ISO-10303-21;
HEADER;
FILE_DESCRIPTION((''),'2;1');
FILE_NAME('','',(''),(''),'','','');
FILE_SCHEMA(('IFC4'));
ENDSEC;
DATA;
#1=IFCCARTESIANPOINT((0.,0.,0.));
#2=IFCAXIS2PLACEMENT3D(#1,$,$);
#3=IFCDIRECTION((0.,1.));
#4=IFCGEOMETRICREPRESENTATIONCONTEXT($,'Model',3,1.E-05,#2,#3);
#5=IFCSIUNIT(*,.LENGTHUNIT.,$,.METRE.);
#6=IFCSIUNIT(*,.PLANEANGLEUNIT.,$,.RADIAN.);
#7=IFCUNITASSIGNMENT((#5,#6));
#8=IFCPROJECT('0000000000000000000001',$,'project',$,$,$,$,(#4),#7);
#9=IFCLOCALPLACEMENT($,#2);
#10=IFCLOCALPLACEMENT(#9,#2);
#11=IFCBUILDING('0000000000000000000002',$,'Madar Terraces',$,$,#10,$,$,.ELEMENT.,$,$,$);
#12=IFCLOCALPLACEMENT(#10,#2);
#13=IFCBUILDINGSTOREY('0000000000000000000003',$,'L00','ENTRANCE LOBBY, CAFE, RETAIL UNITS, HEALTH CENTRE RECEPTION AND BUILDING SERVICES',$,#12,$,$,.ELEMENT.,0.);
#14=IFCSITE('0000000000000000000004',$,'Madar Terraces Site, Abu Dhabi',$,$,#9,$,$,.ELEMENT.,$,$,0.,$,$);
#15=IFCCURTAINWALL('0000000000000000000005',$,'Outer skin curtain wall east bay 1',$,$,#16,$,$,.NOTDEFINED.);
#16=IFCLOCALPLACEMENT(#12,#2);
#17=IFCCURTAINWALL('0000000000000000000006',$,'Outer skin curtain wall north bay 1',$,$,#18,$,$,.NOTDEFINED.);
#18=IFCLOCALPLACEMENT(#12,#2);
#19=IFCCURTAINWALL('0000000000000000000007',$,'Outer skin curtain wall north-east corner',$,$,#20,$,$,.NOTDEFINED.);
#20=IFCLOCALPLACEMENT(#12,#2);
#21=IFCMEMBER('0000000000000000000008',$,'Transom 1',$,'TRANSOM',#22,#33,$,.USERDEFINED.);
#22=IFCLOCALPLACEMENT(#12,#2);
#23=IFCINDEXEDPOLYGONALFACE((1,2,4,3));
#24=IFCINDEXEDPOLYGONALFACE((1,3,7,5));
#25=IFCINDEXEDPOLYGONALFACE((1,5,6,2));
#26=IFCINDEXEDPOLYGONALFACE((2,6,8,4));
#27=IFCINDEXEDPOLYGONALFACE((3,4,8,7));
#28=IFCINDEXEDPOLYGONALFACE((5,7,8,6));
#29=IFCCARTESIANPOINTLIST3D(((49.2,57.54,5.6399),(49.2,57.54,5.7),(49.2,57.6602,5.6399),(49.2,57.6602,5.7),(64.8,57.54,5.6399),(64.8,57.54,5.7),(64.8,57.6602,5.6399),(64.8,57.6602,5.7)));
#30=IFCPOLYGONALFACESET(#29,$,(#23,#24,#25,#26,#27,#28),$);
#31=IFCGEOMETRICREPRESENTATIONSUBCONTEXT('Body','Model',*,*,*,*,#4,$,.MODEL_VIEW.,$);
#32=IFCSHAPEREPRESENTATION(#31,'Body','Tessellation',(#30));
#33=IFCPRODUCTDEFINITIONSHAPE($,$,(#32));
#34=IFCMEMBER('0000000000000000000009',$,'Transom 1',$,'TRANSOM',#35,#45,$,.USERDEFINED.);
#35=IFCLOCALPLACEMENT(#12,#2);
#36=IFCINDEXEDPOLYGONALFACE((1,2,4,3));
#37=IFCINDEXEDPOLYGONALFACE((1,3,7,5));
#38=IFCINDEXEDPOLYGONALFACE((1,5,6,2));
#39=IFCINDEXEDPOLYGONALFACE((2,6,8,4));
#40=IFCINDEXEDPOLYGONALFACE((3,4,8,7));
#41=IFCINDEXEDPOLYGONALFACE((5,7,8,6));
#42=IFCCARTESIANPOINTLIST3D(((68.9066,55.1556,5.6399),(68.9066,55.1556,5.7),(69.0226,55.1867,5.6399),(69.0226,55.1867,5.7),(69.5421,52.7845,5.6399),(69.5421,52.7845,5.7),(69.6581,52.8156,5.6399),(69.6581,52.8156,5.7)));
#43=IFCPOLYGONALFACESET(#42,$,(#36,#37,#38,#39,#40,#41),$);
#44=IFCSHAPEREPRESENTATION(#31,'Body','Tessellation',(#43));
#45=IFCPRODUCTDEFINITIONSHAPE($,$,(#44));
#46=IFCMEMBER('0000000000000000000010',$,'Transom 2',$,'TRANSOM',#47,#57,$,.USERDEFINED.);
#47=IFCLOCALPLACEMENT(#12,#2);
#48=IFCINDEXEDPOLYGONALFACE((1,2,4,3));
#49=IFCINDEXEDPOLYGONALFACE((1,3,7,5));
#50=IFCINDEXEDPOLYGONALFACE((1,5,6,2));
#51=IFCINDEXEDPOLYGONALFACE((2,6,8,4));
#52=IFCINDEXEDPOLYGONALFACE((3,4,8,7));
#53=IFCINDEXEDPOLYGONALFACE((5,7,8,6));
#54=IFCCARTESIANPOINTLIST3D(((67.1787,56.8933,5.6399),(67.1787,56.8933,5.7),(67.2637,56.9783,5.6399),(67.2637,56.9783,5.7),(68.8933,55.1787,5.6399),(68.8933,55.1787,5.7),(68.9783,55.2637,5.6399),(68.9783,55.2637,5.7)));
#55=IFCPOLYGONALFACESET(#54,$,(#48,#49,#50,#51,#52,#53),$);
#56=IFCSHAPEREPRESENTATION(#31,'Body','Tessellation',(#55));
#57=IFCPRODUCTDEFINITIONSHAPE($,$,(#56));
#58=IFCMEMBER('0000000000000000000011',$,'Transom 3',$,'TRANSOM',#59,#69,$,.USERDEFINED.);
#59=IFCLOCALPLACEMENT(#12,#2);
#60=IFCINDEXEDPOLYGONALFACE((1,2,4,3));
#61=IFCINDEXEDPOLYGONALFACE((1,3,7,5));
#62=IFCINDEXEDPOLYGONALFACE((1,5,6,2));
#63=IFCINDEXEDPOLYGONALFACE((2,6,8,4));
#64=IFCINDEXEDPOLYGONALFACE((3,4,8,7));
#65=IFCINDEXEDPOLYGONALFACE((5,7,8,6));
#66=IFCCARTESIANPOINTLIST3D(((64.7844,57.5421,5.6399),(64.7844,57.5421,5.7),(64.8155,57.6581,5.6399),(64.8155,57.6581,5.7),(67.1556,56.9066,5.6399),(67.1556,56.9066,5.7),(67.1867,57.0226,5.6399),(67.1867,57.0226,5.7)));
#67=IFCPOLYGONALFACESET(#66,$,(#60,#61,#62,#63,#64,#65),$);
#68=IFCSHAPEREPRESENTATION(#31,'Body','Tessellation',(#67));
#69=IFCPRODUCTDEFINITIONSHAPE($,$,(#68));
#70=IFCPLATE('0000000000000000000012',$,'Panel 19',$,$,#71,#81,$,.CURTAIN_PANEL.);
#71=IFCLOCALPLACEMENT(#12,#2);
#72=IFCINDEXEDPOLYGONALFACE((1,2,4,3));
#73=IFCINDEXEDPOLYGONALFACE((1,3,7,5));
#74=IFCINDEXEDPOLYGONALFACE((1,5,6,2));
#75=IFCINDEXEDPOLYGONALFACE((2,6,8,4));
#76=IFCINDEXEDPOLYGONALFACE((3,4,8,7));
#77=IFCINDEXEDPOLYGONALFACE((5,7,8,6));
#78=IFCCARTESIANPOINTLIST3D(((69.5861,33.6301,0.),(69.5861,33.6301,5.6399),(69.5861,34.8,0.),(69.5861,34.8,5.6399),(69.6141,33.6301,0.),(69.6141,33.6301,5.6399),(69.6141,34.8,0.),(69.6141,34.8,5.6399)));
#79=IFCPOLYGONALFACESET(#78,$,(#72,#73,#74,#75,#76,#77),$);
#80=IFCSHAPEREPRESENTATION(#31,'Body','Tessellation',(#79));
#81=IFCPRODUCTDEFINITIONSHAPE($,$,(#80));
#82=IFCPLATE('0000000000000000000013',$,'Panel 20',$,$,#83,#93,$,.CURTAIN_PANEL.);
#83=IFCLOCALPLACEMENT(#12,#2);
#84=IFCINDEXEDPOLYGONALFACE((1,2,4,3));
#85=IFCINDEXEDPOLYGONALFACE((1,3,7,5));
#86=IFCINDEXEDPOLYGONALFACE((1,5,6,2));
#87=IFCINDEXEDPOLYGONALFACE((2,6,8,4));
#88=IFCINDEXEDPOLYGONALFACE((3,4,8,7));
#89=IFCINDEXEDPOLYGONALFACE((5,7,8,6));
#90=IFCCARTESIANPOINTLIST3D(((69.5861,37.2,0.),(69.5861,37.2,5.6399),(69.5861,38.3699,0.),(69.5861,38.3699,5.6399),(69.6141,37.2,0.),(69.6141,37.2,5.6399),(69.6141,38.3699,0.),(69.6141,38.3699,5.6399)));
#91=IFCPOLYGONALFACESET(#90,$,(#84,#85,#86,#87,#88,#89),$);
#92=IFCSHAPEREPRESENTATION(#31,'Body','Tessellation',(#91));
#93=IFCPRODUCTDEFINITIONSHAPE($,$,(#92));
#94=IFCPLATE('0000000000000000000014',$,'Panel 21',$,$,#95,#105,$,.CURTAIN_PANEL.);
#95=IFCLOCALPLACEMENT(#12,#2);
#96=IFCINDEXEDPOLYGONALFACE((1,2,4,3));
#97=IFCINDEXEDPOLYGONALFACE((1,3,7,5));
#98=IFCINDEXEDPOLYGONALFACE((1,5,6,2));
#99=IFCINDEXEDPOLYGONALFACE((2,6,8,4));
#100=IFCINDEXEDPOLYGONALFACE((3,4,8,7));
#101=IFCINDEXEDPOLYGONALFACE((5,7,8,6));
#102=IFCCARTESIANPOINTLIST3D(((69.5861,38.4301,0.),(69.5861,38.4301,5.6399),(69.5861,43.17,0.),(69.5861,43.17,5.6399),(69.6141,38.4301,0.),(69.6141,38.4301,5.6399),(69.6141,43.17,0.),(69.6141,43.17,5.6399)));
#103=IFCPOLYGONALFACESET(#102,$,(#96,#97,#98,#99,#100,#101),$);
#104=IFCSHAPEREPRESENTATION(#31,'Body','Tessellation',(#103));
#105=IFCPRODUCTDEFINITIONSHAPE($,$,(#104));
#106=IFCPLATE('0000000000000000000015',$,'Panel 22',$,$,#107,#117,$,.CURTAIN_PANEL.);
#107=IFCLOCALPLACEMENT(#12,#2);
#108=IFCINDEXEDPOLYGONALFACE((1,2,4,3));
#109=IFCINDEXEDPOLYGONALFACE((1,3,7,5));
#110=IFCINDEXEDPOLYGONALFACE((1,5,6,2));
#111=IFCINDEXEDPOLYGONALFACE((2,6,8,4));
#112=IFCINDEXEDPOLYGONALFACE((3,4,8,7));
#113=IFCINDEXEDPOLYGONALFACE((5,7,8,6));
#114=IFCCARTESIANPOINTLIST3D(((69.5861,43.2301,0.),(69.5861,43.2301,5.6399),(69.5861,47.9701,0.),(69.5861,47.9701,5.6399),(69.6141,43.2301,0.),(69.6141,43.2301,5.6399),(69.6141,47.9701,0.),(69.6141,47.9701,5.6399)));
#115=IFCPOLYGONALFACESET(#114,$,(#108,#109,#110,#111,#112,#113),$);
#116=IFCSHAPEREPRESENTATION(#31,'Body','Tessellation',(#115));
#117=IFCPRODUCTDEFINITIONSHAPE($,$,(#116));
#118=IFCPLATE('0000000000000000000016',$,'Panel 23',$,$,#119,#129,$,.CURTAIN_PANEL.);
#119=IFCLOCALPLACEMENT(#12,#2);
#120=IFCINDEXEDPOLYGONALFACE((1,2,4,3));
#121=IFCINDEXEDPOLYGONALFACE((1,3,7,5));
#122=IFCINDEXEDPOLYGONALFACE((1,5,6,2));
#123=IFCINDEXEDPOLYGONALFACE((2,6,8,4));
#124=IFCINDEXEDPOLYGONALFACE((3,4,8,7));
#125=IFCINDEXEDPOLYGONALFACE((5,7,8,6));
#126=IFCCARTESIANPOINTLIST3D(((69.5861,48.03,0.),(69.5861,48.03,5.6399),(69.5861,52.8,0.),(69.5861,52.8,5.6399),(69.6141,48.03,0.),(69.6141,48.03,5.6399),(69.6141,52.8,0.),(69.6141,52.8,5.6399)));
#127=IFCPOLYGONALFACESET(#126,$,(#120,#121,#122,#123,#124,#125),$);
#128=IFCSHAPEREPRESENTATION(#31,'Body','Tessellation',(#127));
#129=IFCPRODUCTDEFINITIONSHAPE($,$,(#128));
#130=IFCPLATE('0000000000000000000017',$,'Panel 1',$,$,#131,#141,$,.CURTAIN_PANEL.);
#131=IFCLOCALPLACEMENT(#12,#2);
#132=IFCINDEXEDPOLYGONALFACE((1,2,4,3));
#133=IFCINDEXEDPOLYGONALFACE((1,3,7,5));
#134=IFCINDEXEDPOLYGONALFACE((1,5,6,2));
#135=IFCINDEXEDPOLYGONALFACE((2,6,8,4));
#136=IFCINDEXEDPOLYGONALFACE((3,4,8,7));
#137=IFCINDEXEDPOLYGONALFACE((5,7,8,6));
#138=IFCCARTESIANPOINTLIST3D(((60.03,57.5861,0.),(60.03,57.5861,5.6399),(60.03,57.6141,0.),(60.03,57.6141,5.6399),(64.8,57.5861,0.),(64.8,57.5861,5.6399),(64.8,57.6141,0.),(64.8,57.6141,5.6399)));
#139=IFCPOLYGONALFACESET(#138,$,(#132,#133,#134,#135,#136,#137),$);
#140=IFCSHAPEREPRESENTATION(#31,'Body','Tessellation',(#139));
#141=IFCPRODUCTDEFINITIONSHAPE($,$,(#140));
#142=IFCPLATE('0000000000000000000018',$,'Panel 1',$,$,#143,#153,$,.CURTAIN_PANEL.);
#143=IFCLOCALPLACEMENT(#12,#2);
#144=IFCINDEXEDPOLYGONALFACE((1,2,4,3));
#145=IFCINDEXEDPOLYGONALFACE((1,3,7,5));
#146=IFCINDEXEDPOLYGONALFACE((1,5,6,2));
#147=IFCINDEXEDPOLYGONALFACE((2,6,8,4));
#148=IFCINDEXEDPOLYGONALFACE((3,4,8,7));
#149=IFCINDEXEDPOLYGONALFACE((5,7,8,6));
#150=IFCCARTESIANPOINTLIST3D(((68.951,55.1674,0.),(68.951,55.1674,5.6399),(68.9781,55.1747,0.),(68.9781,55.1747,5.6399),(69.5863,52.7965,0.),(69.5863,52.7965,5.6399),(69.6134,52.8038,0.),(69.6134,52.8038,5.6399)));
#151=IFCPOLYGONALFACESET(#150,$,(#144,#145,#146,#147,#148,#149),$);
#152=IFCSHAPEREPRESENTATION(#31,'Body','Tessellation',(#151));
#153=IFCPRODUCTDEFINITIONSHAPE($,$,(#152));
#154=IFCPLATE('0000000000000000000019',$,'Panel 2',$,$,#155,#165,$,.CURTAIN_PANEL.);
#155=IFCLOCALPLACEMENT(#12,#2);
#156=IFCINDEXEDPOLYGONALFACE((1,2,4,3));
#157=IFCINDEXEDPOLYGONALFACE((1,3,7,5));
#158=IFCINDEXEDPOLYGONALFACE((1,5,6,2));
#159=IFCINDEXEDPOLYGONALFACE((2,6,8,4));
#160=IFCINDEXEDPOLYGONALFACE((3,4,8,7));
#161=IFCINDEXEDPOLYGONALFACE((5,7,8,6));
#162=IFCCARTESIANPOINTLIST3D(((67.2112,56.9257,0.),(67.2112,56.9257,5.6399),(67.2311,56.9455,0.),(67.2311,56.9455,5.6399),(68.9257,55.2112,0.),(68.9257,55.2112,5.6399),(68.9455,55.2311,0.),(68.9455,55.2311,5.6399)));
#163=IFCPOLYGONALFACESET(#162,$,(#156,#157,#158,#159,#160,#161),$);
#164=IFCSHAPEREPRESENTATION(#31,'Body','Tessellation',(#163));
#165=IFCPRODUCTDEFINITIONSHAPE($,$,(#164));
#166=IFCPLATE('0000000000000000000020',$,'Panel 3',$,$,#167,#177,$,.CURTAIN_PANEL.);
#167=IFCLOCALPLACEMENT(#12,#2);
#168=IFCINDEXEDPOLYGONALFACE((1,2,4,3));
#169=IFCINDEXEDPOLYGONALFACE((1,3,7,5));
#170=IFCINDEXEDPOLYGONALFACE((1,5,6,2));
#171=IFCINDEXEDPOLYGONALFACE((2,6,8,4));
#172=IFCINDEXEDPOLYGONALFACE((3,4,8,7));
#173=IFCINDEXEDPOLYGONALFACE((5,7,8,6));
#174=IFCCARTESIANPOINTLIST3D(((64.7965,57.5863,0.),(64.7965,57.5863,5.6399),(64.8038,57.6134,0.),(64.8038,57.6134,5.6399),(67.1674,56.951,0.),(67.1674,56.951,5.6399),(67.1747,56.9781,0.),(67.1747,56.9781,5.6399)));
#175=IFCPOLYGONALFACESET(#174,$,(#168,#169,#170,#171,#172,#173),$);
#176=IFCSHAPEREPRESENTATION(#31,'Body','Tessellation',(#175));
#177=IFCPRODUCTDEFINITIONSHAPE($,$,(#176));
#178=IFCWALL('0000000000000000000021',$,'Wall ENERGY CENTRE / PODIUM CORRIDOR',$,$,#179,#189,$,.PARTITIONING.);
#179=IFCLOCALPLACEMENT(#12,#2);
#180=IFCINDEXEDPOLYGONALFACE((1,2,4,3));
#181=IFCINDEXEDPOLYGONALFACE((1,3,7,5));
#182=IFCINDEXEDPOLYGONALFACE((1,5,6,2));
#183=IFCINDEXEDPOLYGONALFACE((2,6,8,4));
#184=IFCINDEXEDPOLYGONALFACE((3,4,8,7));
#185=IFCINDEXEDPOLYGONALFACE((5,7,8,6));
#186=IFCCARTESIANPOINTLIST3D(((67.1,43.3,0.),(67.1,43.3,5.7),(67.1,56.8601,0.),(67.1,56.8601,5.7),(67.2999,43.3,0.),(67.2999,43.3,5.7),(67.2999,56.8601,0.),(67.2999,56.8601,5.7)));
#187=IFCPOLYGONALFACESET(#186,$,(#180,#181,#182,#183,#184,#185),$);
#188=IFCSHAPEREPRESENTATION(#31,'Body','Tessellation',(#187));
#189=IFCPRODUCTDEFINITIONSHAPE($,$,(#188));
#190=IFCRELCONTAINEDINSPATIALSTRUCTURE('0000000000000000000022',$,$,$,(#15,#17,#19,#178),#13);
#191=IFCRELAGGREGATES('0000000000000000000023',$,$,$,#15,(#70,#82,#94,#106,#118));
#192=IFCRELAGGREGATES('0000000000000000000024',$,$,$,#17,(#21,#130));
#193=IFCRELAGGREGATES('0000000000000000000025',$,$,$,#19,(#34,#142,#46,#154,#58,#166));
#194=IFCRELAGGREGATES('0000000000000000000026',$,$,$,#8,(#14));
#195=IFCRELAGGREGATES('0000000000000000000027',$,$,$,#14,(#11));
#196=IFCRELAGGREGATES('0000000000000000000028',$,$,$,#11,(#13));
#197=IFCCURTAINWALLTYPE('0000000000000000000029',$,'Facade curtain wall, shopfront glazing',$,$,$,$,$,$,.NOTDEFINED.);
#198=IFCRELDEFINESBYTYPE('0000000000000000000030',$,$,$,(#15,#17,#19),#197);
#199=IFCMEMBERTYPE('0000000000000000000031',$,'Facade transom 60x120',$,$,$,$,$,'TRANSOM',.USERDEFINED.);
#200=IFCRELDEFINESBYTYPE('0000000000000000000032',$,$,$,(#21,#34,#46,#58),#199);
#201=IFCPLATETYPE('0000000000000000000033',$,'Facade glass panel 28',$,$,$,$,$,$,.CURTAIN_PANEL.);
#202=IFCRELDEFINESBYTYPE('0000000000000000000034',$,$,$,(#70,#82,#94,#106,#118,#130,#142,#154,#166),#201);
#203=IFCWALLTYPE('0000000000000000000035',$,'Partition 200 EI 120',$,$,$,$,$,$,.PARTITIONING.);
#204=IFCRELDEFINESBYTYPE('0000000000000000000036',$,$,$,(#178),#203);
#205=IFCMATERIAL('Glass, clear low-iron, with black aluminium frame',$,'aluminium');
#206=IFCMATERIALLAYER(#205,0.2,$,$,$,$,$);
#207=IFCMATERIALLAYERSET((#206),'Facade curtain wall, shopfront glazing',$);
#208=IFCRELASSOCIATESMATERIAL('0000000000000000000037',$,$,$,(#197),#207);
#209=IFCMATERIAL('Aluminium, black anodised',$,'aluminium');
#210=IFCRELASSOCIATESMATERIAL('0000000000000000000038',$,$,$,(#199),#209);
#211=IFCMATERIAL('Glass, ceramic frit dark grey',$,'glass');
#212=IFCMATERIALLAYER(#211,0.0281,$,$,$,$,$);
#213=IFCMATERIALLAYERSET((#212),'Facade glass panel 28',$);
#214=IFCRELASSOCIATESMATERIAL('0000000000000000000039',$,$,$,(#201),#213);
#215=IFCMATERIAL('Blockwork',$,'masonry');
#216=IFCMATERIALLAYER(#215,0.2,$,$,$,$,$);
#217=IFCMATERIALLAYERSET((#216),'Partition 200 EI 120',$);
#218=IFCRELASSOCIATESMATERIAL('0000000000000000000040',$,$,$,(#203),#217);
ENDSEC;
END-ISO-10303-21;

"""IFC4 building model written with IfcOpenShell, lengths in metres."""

from ifc_helpers import new_model, si_unit, direction, frame, frame_2d, origin, origin_2d, place, context, subcontext, project, spatial, rectangle, extrude, material, layer, layer_set, material_profile, profile_set, type_object, element, aggregate, save


model = new_model("IFC4")

# Units and contexts
model_context = context("Model", 3, precision=1e-05, world=origin(), true_north=direction((0.0, 1.0)))
body_context = subcontext(model_context, "Body", "Model", "MODEL_VIEW")
ifc_project = project(units=[si_unit("LENGTHUNIT", "METRE"), si_unit("PLANEANGLEUNIT", "RADIAN")], contexts=[model_context])

# Site, building, storey
site_placement = place(None, origin())
site = spatial("IfcSite", under=ifc_project, at=site_placement, Name="Madar Terraces Site, Abu Dhabi", CompositionType="ELEMENT", RefElevation=0.0)
building_placement = place(site_placement, origin())
building = spatial("IfcBuilding", under=site, at=building_placement, Name="Madar Terraces", CompositionType="ELEMENT")
storey_placement = place(building_placement, origin())
storey = spatial("IfcBuildingStorey", under=building, at=storey_placement, Name="L00", Description="ENTRANCE LOBBY, CAFE, RETAIL UNITS, HEALTH CENTRE RECEPTION AND BUILDING SERVICES", CompositionType="ELEMENT", Elevation=0.0)

# Curtain wall
ifc_material_1 = material(Name="Glass, clear low-iron, with black aluminium frame", Category="aluminium")
ifc_layer_1 = layer(ifc_material_1, 0.2)
ifc_layer_set_1 = layer_set([ifc_layer_1], Name="Facade curtain wall, shopfront glazing")
curtain_wall_type = type_object("IfcCurtainWallType", Name="Facade curtain wall, shopfront glazing", PredefinedType="NOTDEFINED", material=ifc_layer_set_1)
curtain_wall_1_placement = place(storey_placement, origin())
curtain_wall_1 = element("IfcCurtainWall", 1, at=curtain_wall_1_placement, inside=storey, type_object=curtain_wall_type, Name="Outer skin curtain wall east bay 1", PredefinedType="NOTDEFINED")

# Curtain wall
curtain_wall_2_placement = place(storey_placement, origin())
curtain_wall_2 = element("IfcCurtainWall", 2, at=curtain_wall_2_placement, inside=storey, type_object=curtain_wall_type, Name="Outer skin curtain wall north bay 1", PredefinedType="NOTDEFINED")

# Curtain wall
curtain_wall_3_placement = place(storey_placement, origin())
curtain_wall_3 = element("IfcCurtainWall", 3, at=curtain_wall_3_placement, inside=storey, type_object=curtain_wall_type, Name="Outer skin curtain wall north-east corner", PredefinedType="NOTDEFINED")

# Members
ifc_material_2 = material(Name="Aluminium, black anodised", Category="aluminium")
ifc_material_profile_1 = material_profile(ifc_material_2, rectangle(XDim=0.1201, YDim=0.0601, at=origin_2d()), Name="Facade transom 60x120")
ifc_profile_set_1 = profile_set([ifc_material_profile_1], Name="Aluminium, black anodised")
member_type_1 = type_object("IfcMemberType", Name="Facade transom 60x120", ElementType="TRANSOM", PredefinedType="USERDEFINED", material=ifc_profile_set_1)
member_1_placement = place(storey_placement, frame((64.8, 57.6001, 5.6699), z_axis=(-1.0, 0.0, 0.0), x_axis=(0.0, -1.0, 0.0)))
member_1 = element("IfcMember", 4, at=member_1_placement, type_object=member_type_1, Name="Transom 1", ObjectType="TRANSOM", PredefinedType="USERDEFINED", context=body_context, shape_type="SweptSolid", body=[
    extrude(rectangle(XDim=0.1201, YDim=0.0601, at=origin_2d()), origin(), (0.0, 0.0, 1.0), 15.6001),
])
member_2_placement = place(storey_placement, frame((69.6001, 52.8, 5.6699), z_axis=(-0.258882, 0.965909, 0.0), x_axis=(-0.965909, -0.258882, 0.0)))
member_2 = element("IfcMember", 5, at=member_2_placement, type_object=member_type_1, Name="Transom 1", ObjectType="TRANSOM", PredefinedType="USERDEFINED", context=body_context, shape_type="SweptSolid", body=[
    extrude(rectangle(XDim=0.1201, YDim=0.0601, at=origin_2d()), origin(), (0.0, 0.0, 1.0), 2.4548),
])
member_3_placement = place(storey_placement, frame((68.9358, 55.2212, 5.6699), z_axis=(-0.707107, 0.707107, 0.0), x_axis=(-0.707107, -0.707107, 0.0)))
member_3 = element("IfcMember", 6, at=member_3_placement, type_object=member_type_1, Name="Transom 2", ObjectType="TRANSOM", PredefinedType="USERDEFINED", context=body_context, shape_type="SweptSolid", body=[
    extrude(rectangle(XDim=0.1201, YDim=0.0601, at=origin_2d()), origin(), (0.0, 0.0, 1.0), 2.4248),
])
member_4_placement = place(storey_placement, frame((67.1711, 56.9646, 5.6699), z_axis=(-0.965909, 0.258882, 0.0), x_axis=(-0.258882, -0.965909, 0.0)))
member_4 = element("IfcMember", 7, at=member_4_placement, type_object=member_type_1, Name="Transom 3", ObjectType="TRANSOM", PredefinedType="USERDEFINED", context=body_context, shape_type="SweptSolid", body=[
    extrude(rectangle(XDim=0.1201, YDim=0.0601, at=origin_2d()), origin(), (0.0, 0.0, 1.0), 2.4548),
])

# Plates
ifc_material_3 = material(Name="Glass, ceramic frit dark grey", Category="glass")
ifc_layer_2 = layer(ifc_material_3, 0.0281)
ifc_layer_set_2 = layer_set([ifc_layer_2], Name="Facade glass panel 28")
plate_type = type_object("IfcPlateType", Name="Facade glass panel 28", PredefinedType="CURTAIN_PANEL", material=ifc_layer_set_2)
plate_1_placement = place(storey_placement, frame((69.6001, 34.2151, 0.0), z_axis=(0.0, 0.0, 1.0), x_axis=(0.0, 1.0, 0.0)))
plate_1 = element("IfcPlate", 8, at=plate_1_placement, type_object=plate_type, Name="Panel 19", PredefinedType="CURTAIN_PANEL", context=body_context, shape_type="SweptSolid", body=[
    extrude(rectangle(XDim=1.1699, YDim=0.0281, at=origin_2d()), origin(), (0.0, 0.0, 1.0), 5.6399),
])
plate_2_placement = place(storey_placement, frame((69.6001, 37.7849, 0.0), z_axis=(0.0, 0.0, 1.0), x_axis=(0.0, 1.0, 0.0)))
plate_2 = element("IfcPlate", 9, at=plate_2_placement, type_object=plate_type, Name="Panel 20", PredefinedType="CURTAIN_PANEL", context=body_context, shape_type="SweptSolid", body=[
    extrude(rectangle(XDim=1.1699, YDim=0.0281, at=origin_2d()), origin(), (0.0, 0.0, 1.0), 5.6399),
])
plate_3_placement = place(storey_placement, frame((69.6001, 40.8, 0.0), z_axis=(0.0, 0.0, 1.0), x_axis=(0.0, 1.0, 0.0)))
plate_3 = element("IfcPlate", 10, at=plate_3_placement, type_object=plate_type, Name="Panel 21", PredefinedType="CURTAIN_PANEL", context=body_context, shape_type="SweptSolid", body=[
    extrude(rectangle(XDim=4.74, YDim=0.0281, at=origin_2d()), origin(), (0.0, 0.0, 1.0), 5.6399),
])
plate_4_placement = place(storey_placement, frame((69.6001, 45.6001, 0.0), z_axis=(0.0, 0.0, 1.0), x_axis=(0.0, 1.0, 0.0)))
plate_4 = element("IfcPlate", 11, at=plate_4_placement, type_object=plate_type, Name="Panel 22", PredefinedType="CURTAIN_PANEL", context=body_context, shape_type="SweptSolid", body=[
    extrude(rectangle(XDim=4.74, YDim=0.0281, at=origin_2d()), origin(), (0.0, 0.0, 1.0), 5.6399),
])
plate_5_placement = place(storey_placement, frame((69.6001, 50.415, 0.0), z_axis=(0.0, 0.0, 1.0), x_axis=(0.0, 1.0, 0.0)))
plate_5 = element("IfcPlate", 12, at=plate_5_placement, type_object=plate_type, Name="Panel 23", PredefinedType="CURTAIN_PANEL", context=body_context, shape_type="SweptSolid", body=[
    extrude(rectangle(XDim=4.77, YDim=0.0281, at=origin_2d()), origin(), (0.0, 0.0, 1.0), 5.6399),
])
aggregate(curtain_wall_1, [plate_1, plate_2, plate_3, plate_4, plate_5])
plate_6_placement = place(storey_placement, frame((62.415, 57.6001, 0.0), z_axis=(0.0, 0.0, 1.0), x_axis=(-1.0, 0.0, 0.0)))
plate_6 = element("IfcPlate", 13, at=plate_6_placement, type_object=plate_type, Name="Panel 1", PredefinedType="CURTAIN_PANEL", context=body_context, shape_type="SweptSolid", body=[
    extrude(rectangle(XDim=4.77, YDim=0.0281, at=origin_2d()), origin(), (0.0, 0.0, 1.0), 5.6399),
])
aggregate(curtain_wall_2, [member_1, plate_6])
plate_7_placement = place(storey_placement, frame((69.2822, 53.9856, 0.0), z_axis=(0.0, 0.0, 1.0), x_axis=(-0.258819, 0.965926, 0.0)))
plate_7 = element("IfcPlate", 14, at=plate_7_placement, type_object=plate_type, Name="Panel 1", PredefinedType="CURTAIN_PANEL", context=body_context, shape_type="SweptSolid", body=[
    extrude(rectangle(XDim=2.4546, YDim=0.0281, at=origin_2d()), origin(), (0.0, 0.0, 1.0), 5.6399),
])
plate_8_placement = place(storey_placement, frame((68.0784, 56.0784, 0.0), z_axis=(0.0, 0.0, 1.0), x_axis=(-0.707107, 0.707107, 0.0)))
plate_8 = element("IfcPlate", 15, at=plate_8_placement, type_object=plate_type, Name="Panel 2", PredefinedType="CURTAIN_PANEL", context=body_context, shape_type="SweptSolid", body=[
    extrude(rectangle(XDim=2.4246, YDim=0.0281, at=origin_2d()), origin(), (0.0, 0.0, 1.0), 5.6399),
])
plate_9_placement = place(storey_placement, frame((65.9856, 57.2822, 0.0), z_axis=(0.0, 0.0, 1.0), x_axis=(-0.965926, 0.258819, 0.0)))
plate_9 = element("IfcPlate", 16, at=plate_9_placement, type_object=plate_type, Name="Panel 3", PredefinedType="CURTAIN_PANEL", context=body_context, shape_type="SweptSolid", body=[
    extrude(rectangle(XDim=2.4546, YDim=0.0281, at=origin_2d()), origin(), (0.0, 0.0, 1.0), 5.6399),
])
aggregate(curtain_wall_3, [member_2, plate_7, member_3, plate_8, member_4, plate_9])

# Wall
ifc_material_4 = material(Name="Blockwork", Category="masonry")
ifc_layer_3 = layer(ifc_material_4, 0.2)
ifc_layer_set_3 = layer_set([ifc_layer_3], Name="Partition 200 EI 120")
wall_type_1 = type_object("IfcWallType", Name="Partition 200 EI 120", PredefinedType="PARTITIONING", material=ifc_layer_set_3)
wall_1_placement = place(storey_placement, frame((67.2, 43.3, 0.0), z_axis=(0.0, 0.0, 1.0), x_axis=(0.0, 1.0, 0.0)))
element("IfcWall", 17, at=wall_1_placement, inside=storey, type_object=wall_type_1, Name="Wall ENERGY CENTRE / PODIUM CORRIDOR", PredefinedType="PARTITIONING", context=body_context, shape_type="SweptSolid", body=[
    extrude(rectangle(XDim=13.5601, YDim=0.2, at=frame_2d((6.78, 0.0))), origin(), (0.0, 0.0, 1.0), 5.7),
])

save(model, "model.ifc")
